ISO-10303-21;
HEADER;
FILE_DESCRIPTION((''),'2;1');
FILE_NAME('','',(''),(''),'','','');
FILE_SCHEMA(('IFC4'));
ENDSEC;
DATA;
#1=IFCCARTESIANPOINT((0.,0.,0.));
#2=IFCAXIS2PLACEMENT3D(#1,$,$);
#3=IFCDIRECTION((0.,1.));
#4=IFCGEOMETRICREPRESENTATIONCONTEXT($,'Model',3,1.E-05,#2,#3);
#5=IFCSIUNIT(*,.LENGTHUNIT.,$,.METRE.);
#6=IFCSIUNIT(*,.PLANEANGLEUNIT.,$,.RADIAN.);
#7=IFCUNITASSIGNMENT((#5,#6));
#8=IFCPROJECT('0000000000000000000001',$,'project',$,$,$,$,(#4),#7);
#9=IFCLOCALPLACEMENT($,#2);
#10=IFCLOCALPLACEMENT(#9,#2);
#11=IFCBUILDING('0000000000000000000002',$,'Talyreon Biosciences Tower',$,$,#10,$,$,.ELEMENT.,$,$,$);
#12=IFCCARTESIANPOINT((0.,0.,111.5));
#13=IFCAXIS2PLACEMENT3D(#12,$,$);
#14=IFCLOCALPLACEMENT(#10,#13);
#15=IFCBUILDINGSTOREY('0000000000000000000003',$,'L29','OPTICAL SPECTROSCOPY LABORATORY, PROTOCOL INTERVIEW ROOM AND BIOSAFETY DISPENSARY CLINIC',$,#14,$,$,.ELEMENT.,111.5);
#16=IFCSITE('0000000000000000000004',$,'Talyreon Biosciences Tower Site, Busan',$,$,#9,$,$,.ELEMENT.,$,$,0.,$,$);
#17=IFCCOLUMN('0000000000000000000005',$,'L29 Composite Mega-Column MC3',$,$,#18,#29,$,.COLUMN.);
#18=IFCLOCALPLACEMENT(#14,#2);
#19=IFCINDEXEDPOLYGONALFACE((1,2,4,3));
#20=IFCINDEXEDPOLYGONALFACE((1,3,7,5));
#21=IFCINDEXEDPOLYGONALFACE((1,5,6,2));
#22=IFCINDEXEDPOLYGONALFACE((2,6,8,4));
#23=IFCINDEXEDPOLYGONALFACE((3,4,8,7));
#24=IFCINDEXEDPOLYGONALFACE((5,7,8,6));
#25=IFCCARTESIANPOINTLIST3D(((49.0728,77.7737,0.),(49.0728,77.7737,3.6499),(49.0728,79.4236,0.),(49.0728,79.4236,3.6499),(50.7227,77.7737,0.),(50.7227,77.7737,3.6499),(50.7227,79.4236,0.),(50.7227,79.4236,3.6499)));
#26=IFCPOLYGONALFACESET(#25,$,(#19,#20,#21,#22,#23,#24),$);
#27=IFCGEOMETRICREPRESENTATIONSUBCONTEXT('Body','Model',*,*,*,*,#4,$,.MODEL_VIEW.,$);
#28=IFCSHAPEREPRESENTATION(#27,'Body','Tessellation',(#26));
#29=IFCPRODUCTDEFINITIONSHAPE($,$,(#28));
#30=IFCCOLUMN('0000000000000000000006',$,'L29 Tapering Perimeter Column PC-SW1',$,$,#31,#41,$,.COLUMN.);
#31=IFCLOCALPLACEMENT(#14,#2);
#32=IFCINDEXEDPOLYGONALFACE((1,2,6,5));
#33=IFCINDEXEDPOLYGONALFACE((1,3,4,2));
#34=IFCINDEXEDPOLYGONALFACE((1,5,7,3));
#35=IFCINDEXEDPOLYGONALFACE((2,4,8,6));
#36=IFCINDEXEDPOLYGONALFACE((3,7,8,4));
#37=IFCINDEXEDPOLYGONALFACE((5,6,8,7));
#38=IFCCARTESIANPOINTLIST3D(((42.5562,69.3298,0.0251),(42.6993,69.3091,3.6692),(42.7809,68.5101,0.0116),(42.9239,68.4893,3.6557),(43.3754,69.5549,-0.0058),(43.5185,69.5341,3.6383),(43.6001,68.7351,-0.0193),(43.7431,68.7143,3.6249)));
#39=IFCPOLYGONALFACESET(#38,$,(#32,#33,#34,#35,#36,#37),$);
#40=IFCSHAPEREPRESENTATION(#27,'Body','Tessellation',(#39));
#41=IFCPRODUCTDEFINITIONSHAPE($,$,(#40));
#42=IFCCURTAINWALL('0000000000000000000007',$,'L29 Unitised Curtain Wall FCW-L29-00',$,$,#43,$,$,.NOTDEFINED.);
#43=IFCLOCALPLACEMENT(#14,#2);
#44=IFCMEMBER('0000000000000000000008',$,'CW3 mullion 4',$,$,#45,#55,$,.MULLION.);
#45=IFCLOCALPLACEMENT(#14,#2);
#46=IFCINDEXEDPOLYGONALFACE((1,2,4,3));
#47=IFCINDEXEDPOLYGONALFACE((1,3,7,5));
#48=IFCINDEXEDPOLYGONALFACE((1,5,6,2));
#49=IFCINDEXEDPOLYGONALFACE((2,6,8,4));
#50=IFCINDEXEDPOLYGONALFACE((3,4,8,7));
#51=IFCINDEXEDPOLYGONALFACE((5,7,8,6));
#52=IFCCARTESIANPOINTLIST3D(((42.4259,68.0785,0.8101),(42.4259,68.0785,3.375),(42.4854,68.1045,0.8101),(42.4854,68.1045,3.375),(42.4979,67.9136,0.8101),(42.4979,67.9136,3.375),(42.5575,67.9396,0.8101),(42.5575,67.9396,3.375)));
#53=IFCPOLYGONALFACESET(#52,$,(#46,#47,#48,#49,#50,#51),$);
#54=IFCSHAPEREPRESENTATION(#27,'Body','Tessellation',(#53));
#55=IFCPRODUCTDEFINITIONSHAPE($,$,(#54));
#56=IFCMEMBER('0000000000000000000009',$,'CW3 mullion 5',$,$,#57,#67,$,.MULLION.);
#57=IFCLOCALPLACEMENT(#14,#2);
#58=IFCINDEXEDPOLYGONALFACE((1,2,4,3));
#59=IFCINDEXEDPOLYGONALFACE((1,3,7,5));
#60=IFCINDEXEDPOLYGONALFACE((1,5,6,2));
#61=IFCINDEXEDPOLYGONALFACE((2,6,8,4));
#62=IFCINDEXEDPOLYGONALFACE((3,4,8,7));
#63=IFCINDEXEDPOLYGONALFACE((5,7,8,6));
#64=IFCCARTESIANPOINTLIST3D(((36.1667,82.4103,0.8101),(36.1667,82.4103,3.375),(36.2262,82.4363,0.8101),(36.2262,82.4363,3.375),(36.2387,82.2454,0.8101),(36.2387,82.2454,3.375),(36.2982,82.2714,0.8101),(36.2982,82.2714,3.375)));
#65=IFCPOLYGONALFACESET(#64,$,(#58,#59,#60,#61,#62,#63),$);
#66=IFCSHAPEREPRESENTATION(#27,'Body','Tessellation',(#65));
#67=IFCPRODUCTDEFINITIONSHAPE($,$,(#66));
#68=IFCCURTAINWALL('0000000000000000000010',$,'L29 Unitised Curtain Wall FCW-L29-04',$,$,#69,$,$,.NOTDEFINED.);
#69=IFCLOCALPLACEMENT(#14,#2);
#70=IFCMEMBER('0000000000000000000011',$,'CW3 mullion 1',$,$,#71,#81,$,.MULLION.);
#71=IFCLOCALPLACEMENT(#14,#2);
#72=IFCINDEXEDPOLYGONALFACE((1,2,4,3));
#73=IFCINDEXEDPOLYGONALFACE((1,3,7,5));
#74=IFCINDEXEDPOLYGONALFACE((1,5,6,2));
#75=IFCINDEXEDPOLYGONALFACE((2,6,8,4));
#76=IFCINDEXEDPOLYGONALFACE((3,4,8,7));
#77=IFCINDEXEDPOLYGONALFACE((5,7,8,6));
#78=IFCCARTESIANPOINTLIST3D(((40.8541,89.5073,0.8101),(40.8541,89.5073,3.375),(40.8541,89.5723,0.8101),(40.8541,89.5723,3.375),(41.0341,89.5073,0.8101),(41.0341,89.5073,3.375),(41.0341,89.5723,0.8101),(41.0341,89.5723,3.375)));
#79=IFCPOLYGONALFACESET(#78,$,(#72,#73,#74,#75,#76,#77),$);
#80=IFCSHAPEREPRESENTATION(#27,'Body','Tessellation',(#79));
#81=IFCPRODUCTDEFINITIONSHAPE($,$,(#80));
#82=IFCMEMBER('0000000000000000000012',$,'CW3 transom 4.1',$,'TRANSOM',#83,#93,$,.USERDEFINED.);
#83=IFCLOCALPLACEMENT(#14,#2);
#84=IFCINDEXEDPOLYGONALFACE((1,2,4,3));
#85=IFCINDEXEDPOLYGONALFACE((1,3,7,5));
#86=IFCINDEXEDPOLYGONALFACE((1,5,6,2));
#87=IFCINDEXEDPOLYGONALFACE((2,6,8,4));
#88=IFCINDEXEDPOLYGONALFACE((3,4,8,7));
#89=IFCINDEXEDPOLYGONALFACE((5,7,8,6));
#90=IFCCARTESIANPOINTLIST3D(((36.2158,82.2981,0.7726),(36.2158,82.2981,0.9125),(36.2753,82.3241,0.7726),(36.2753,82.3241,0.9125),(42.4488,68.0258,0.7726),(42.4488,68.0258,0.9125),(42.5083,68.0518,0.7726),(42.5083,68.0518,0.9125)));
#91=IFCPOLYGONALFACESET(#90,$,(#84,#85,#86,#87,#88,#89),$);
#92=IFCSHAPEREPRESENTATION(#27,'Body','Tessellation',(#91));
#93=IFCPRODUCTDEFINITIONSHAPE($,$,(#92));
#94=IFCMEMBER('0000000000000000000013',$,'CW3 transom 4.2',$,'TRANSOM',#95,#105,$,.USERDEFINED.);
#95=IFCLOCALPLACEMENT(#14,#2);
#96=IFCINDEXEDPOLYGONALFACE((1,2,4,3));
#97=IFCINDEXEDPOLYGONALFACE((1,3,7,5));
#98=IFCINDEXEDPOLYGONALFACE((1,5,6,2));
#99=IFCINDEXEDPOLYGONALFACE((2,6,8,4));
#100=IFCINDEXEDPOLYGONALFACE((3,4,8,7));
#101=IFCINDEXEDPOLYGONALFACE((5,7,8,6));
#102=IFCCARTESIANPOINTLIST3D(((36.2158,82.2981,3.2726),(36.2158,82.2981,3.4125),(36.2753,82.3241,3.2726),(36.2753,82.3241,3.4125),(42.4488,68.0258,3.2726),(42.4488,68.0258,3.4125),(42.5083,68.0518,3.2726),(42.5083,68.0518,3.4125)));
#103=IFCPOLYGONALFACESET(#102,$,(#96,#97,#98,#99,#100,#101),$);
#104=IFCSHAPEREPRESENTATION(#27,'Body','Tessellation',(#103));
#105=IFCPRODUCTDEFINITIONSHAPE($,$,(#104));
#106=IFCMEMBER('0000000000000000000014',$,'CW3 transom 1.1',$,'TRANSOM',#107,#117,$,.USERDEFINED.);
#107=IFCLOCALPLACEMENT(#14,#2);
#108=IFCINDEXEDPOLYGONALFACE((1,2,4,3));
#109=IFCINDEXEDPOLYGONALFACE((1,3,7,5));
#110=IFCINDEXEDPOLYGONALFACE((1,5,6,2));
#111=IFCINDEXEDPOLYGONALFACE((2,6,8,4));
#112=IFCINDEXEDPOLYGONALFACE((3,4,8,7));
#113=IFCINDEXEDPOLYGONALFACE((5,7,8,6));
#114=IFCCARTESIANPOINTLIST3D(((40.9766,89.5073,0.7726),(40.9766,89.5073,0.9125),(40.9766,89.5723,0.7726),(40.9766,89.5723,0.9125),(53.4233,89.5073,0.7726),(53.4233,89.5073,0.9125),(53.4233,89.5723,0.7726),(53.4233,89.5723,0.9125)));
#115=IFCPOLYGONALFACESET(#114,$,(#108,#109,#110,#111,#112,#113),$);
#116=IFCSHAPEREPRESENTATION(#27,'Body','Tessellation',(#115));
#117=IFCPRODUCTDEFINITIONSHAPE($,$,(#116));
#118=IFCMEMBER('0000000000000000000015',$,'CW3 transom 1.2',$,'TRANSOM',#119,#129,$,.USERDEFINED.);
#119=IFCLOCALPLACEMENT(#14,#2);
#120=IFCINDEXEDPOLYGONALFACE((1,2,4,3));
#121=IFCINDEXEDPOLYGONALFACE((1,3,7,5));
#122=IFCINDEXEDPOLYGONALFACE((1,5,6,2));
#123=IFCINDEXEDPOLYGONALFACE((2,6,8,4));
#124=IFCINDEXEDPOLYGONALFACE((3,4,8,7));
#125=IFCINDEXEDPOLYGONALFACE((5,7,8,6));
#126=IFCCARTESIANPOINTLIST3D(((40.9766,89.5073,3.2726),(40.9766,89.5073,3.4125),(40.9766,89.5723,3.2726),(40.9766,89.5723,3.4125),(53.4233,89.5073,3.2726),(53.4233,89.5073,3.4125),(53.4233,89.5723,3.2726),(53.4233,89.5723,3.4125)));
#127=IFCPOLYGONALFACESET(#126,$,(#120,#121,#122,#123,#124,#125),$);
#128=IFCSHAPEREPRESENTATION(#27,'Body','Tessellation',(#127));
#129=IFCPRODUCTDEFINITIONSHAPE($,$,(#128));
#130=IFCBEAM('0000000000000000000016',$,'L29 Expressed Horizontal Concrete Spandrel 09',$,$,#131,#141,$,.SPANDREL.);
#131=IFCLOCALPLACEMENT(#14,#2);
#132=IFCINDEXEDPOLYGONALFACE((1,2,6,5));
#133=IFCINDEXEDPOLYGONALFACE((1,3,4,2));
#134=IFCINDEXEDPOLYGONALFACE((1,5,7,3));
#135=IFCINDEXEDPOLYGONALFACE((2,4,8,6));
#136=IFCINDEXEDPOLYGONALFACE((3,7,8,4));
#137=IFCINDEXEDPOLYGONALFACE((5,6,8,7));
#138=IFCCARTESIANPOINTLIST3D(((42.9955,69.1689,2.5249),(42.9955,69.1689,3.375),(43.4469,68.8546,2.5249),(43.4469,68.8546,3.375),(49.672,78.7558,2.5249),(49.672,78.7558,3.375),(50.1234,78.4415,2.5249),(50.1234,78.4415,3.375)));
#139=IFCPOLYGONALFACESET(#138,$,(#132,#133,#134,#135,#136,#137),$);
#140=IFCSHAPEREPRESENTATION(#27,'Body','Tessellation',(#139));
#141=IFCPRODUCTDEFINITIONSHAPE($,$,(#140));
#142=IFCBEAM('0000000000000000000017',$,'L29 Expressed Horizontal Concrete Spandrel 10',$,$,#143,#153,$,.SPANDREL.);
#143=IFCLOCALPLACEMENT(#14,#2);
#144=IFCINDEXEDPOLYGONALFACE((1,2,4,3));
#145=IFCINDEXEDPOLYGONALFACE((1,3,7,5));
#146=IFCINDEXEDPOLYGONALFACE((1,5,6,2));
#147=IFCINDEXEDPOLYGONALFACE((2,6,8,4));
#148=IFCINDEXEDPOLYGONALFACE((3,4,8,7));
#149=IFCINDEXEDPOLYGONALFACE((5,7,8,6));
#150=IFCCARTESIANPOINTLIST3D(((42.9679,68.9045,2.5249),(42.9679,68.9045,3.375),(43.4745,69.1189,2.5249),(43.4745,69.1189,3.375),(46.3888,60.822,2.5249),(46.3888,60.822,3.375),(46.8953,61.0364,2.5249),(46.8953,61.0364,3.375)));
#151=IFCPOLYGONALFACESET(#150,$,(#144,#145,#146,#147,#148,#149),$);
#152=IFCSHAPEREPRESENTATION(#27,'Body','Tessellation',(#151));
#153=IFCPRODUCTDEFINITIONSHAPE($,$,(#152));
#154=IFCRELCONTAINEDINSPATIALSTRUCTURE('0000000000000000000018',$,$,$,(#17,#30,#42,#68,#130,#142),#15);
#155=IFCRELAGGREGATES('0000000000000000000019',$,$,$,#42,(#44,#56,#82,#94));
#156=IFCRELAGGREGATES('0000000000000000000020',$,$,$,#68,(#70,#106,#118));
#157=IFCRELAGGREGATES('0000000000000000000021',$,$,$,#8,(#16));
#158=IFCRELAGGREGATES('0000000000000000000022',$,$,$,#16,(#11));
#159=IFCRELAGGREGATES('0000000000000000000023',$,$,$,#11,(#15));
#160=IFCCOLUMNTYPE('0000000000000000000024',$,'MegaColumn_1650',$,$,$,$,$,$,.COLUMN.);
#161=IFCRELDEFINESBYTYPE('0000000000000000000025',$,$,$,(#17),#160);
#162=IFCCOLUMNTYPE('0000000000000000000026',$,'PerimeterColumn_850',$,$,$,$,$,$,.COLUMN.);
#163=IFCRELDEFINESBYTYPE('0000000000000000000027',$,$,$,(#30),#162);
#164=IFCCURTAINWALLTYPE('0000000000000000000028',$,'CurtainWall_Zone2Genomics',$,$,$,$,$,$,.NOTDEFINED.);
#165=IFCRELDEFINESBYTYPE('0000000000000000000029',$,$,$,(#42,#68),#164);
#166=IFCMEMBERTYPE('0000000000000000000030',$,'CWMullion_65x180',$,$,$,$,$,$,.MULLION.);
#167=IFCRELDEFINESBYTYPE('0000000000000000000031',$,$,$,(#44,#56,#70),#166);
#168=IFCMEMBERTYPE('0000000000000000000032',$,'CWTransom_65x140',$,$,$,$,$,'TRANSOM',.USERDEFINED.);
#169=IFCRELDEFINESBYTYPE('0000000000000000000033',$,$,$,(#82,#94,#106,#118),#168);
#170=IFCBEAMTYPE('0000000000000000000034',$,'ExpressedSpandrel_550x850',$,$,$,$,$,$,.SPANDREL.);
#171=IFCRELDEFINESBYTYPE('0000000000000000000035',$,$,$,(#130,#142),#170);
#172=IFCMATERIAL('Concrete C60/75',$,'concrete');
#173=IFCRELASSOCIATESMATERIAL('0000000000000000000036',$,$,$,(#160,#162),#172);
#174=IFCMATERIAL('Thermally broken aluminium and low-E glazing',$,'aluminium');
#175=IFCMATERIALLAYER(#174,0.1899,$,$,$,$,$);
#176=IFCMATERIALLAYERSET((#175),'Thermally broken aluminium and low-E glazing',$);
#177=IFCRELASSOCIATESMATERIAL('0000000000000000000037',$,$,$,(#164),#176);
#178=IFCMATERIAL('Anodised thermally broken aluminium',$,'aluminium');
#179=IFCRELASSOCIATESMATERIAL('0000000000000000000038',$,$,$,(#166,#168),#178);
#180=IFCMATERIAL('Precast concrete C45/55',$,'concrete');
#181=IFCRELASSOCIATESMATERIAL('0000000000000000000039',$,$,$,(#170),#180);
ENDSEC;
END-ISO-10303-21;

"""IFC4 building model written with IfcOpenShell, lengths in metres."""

from ifc_helpers import new_model, si_unit, direction, frame, origin, origin_2d, place, context, subcontext, project, spatial, rectangle, extrude, material, layer, layer_set, material_profile, profile_set, type_object, element, aggregate, save


model = new_model("IFC4")

# Units and contexts
model_context = context("Model", 3, precision=1e-05, world=origin(), true_north=direction((0.0, 1.0)))
body_context = subcontext(model_context, "Body", "Model", "MODEL_VIEW")
ifc_project = project(units=[si_unit("LENGTHUNIT", "METRE"), si_unit("PLANEANGLEUNIT", "RADIAN")], contexts=[model_context])

# Site, building, storey
site_placement = place(None, origin())
site = spatial("IfcSite", under=ifc_project, at=site_placement, Name="Talyreon Biosciences Tower Site, Busan", CompositionType="ELEMENT", RefElevation=0.0)
building_placement = place(site_placement, origin())
building = spatial("IfcBuilding", under=site, at=building_placement, Name="Talyreon Biosciences Tower", CompositionType="ELEMENT")
storey_placement = place(building_placement, frame((0.0, 0.0, 111.5)))
storey = spatial("IfcBuildingStorey", under=building, at=storey_placement, Name="L29", Description="OPTICAL SPECTROSCOPY LABORATORY, PROTOCOL INTERVIEW ROOM AND BIOSAFETY DISPENSARY CLINIC", CompositionType="ELEMENT", Elevation=111.5)

# Columns
ifc_material_1 = material(Name="Concrete C60/75", Category="concrete")
ifc_material_profile_1 = material_profile(ifc_material_1, rectangle(XDim=1.6499, YDim=1.6499, at=origin_2d()), Name="RC 1650x1650")
ifc_profile_set_1 = profile_set([ifc_material_profile_1], Name="Concrete C60/75")
column_type_1 = type_object("IfcColumnType", Name="MegaColumn_1650", PredefinedType="COLUMN", material=ifc_profile_set_1)
column_1_placement = place(storey_placement, frame((49.8977, 78.5986, 0.0), z_axis=(0.0, 0.0, 1.0), x_axis=(1.0, 0.0, 0.0)))
element("IfcColumn", 1, at=column_1_placement, inside=storey, type_object=column_type_1, Name="L29 Composite Mega-Column MC3", PredefinedType="COLUMN", context=body_context, shape_type="SweptSolid", body=[
    extrude(rectangle(XDim=1.6499, YDim=1.6499, at=origin_2d()), origin(), (0.0, 0.0, 1.0), 3.6499),
])
ifc_material_profile_2 = material_profile(ifc_material_1, rectangle(XDim=0.8501, YDim=0.8501, at=origin_2d()), Name="RC 850x850")
ifc_profile_set_2 = profile_set([ifc_material_profile_2], Name="Concrete C60/75")
column_type_2 = type_object("IfcColumnType", Name="PerimeterColumn_850", PredefinedType="COLUMN", material=ifc_profile_set_2)
column_2_placement = place(storey_placement, frame((43.0781, 69.0325, 0.0029), z_axis=(0.039229, -0.00569, 0.999214), x_axis=(0.963648, 0.264696, -0.036326)))
element("IfcColumn", 2, at=column_2_placement, inside=storey, type_object=column_type_2, Name="L29 Tapering Perimeter Column PC-SW1", PredefinedType="COLUMN", context=body_context, shape_type="SweptSolid", body=[
    extrude(rectangle(XDim=0.8501, YDim=0.8501, at=origin_2d()), origin(), (0.0, 0.0, 1.0), 3.647),
])

# Curtain wall, members
ifc_material_2 = material(Name="Thermally broken aluminium and low-E glazing", Category="aluminium")
ifc_layer_1 = layer(ifc_material_2, 0.1899)
ifc_layer_set_1 = layer_set([ifc_layer_1], Name="Thermally broken aluminium and low-E glazing")
curtain_wall_type = type_object("IfcCurtainWallType", Name="CurtainWall_Zone2Genomics", PredefinedType="NOTDEFINED", material=ifc_layer_set_1)
curtain_wall_1_placement = place(storey_placement, origin())
curtain_wall_1 = element("IfcCurtainWall", 3, at=curtain_wall_1_placement, inside=storey, type_object=curtain_wall_type, Name="L29 Unitised Curtain Wall FCW-L29-00", PredefinedType="NOTDEFINED")
ifc_material_3 = material(Name="Anodised thermally broken aluminium", Category="aluminium")
ifc_material_profile_3 = material_profile(ifc_material_3, rectangle(XDim=0.0649, YDim=0.1799, at=origin_2d()), Name="ALUM MULLION 65x180")
ifc_profile_set_3 = profile_set([ifc_material_profile_3], Name="Anodised thermally broken aluminium")
member_type_1 = type_object("IfcMemberType", Name="CWMullion_65x180", PredefinedType="MULLION", material=ifc_profile_set_3)
member_1_placement = place(storey_placement, frame((42.4917, 68.009, 0.8101), z_axis=(0.0, 0.0, 1.0), x_axis=(-0.916416, -0.400226, 0.0)))
member_1 = element("IfcMember", 4, at=member_1_placement, type_object=member_type_1, Name="CW3 mullion 4", PredefinedType="MULLION", context=body_context, shape_type="SweptSolid", body=[
    extrude(rectangle(XDim=0.0649, YDim=0.1799, at=origin_2d()), origin(), (0.0, 0.0, 1.0), 2.5649),
])
member_2_placement = place(storey_placement, frame((36.2324, 82.3408, 0.8101), z_axis=(0.0, 0.0, 1.0), x_axis=(-0.916416, -0.400226, 0.0)))
member_2 = element("IfcMember", 5, at=member_2_placement, type_object=member_type_1, Name="CW3 mullion 5", PredefinedType="MULLION", context=body_context, shape_type="SweptSolid", body=[
    extrude(rectangle(XDim=0.0649, YDim=0.1799, at=origin_2d()), origin(), (0.0, 0.0, 1.0), 2.5649),
])

# Curtain wall, member
curtain_wall_2_placement = place(storey_placement, origin())
curtain_wall_2 = element("IfcCurtainWall", 6, at=curtain_wall_2_placement, inside=storey, type_object=curtain_wall_type, Name="L29 Unitised Curtain Wall FCW-L29-04", PredefinedType="NOTDEFINED")
member_3_placement = place(storey_placement, frame((40.9441, 89.5398, 0.8101), z_axis=(0.0, 0.0, 1.0), x_axis=(0.0, 1.0, 0.0)))
member_3 = element("IfcMember", 7, at=member_3_placement, type_object=member_type_1, Name="CW3 mullion 1", PredefinedType="MULLION", context=body_context, shape_type="SweptSolid", body=[
    extrude(rectangle(XDim=0.0649, YDim=0.1799, at=origin_2d()), origin(), (0.0, 0.0, 1.0), 2.5649),
])

# Members
ifc_material_profile_4 = material_profile(ifc_material_3, rectangle(XDim=0.0649, YDim=0.1399, at=origin_2d()), Name="ALUM TRANSOM 65x140")
ifc_profile_set_4 = profile_set([ifc_material_profile_4], Name="Anodised thermally broken aluminium")
member_type_2 = type_object("IfcMemberType", Name="CWTransom_65x140", ElementType="TRANSOM", PredefinedType="USERDEFINED", material=ifc_profile_set_4)
member_4_placement = place(storey_placement, frame((42.4785, 68.0388, 0.8425), z_axis=(-0.400216, 0.916421, 0.0), x_axis=(-0.916421, -0.400216, 0.0)))
member_4 = element("IfcMember", 8, at=member_4_placement, type_object=member_type_2, Name="CW3 transom 4.1", ObjectType="TRANSOM", PredefinedType="USERDEFINED", context=body_context, shape_type="SweptSolid", body=[
    extrude(rectangle(XDim=0.0649, YDim=0.1399, at=origin_2d()), origin(), (0.0, 0.0, 1.0), 15.574),
])
member_5_placement = place(storey_placement, frame((42.4785, 68.0388, 3.3425), z_axis=(-0.400216, 0.916421, 0.0), x_axis=(-0.916421, -0.400216, 0.0)))
member_5 = element("IfcMember", 9, at=member_5_placement, type_object=member_type_2, Name="CW3 transom 4.2", ObjectType="TRANSOM", PredefinedType="USERDEFINED", context=body_context, shape_type="SweptSolid", body=[
    extrude(rectangle(XDim=0.0649, YDim=0.1399, at=origin_2d()), origin(), (0.0, 0.0, 1.0), 15.574),
])
member_6_placement = place(storey_placement, frame((40.9766, 89.5398, 0.8425), z_axis=(1.0, 0.0, 0.0), x_axis=(0.0, 1.0, 0.0)))
member_6 = element("IfcMember", 10, at=member_6_placement, type_object=member_type_2, Name="CW3 transom 1.1", ObjectType="TRANSOM", PredefinedType="USERDEFINED", context=body_context, shape_type="SweptSolid", body=[
    extrude(rectangle(XDim=0.0649, YDim=0.1399, at=origin_2d()), origin(), (0.0, 0.0, 1.0), 12.4468),
])
member_7_placement = place(storey_placement, frame((40.9766, 89.5398, 3.3425), z_axis=(1.0, 0.0, 0.0), x_axis=(0.0, 1.0, 0.0)))
member_7 = element("IfcMember", 11, at=member_7_placement, type_object=member_type_2, Name="CW3 transom 1.2", ObjectType="TRANSOM", PredefinedType="USERDEFINED", context=body_context, shape_type="SweptSolid", body=[
    extrude(rectangle(XDim=0.0649, YDim=0.1399, at=origin_2d()), origin(), (0.0, 0.0, 1.0), 12.4468),
])

# Beams
ifc_material_4 = material(Name="Precast concrete C45/55", Category="concrete")
ifc_material_profile_5 = material_profile(ifc_material_4, rectangle(XDim=0.55, YDim=0.8501, at=origin_2d()), Name="RCB 550x850")
ifc_profile_set_5 = profile_set([ifc_material_profile_5], Name="Precast concrete C45/55")
beam_type_1 = type_object("IfcBeamType", Name="ExpressedSpandrel_550x850", PredefinedType="SPANDREL", material=ifc_profile_set_5)
beam_1_placement = place(storey_placement, frame((49.8977, 78.5986, 2.95), z_axis=(-0.571489, -0.82061, 0.0), x_axis=(0.82061, -0.571489, 0.0)))
element("IfcBeam", 12, at=beam_1_placement, inside=storey, type_object=beam_type_1, Name="L29 Expressed Horizontal Concrete Spandrel 09", PredefinedType="SPANDREL", context=body_context, shape_type="SweptSolid", body=[
    extrude(rectangle(XDim=0.55, YDim=0.8501, at=origin_2d()), origin(), (0.0, 0.0, 1.0), 11.6826),
])
beam_2_placement = place(storey_placement, frame((43.2212, 69.0117, 2.95), z_axis=(0.389772, -0.920911, 0.0), x_axis=(0.920911, 0.389772, 0.0)))
element("IfcBeam", 13, at=beam_2_placement, inside=storey, type_object=beam_type_1, Name="L29 Expressed Horizontal Concrete Spandrel 10", PredefinedType="SPANDREL", context=body_context, shape_type="SweptSolid", body=[
    extrude(rectangle(XDim=0.55, YDim=0.8501, at=origin_2d()), origin(), (0.0, 0.0, 1.0), 8.7766),
])

aggregate(curtain_wall_1, [member_1, member_2, member_4, member_5])
aggregate(curtain_wall_2, [member_3, member_6, member_7])

save(model, "model.ifc")
